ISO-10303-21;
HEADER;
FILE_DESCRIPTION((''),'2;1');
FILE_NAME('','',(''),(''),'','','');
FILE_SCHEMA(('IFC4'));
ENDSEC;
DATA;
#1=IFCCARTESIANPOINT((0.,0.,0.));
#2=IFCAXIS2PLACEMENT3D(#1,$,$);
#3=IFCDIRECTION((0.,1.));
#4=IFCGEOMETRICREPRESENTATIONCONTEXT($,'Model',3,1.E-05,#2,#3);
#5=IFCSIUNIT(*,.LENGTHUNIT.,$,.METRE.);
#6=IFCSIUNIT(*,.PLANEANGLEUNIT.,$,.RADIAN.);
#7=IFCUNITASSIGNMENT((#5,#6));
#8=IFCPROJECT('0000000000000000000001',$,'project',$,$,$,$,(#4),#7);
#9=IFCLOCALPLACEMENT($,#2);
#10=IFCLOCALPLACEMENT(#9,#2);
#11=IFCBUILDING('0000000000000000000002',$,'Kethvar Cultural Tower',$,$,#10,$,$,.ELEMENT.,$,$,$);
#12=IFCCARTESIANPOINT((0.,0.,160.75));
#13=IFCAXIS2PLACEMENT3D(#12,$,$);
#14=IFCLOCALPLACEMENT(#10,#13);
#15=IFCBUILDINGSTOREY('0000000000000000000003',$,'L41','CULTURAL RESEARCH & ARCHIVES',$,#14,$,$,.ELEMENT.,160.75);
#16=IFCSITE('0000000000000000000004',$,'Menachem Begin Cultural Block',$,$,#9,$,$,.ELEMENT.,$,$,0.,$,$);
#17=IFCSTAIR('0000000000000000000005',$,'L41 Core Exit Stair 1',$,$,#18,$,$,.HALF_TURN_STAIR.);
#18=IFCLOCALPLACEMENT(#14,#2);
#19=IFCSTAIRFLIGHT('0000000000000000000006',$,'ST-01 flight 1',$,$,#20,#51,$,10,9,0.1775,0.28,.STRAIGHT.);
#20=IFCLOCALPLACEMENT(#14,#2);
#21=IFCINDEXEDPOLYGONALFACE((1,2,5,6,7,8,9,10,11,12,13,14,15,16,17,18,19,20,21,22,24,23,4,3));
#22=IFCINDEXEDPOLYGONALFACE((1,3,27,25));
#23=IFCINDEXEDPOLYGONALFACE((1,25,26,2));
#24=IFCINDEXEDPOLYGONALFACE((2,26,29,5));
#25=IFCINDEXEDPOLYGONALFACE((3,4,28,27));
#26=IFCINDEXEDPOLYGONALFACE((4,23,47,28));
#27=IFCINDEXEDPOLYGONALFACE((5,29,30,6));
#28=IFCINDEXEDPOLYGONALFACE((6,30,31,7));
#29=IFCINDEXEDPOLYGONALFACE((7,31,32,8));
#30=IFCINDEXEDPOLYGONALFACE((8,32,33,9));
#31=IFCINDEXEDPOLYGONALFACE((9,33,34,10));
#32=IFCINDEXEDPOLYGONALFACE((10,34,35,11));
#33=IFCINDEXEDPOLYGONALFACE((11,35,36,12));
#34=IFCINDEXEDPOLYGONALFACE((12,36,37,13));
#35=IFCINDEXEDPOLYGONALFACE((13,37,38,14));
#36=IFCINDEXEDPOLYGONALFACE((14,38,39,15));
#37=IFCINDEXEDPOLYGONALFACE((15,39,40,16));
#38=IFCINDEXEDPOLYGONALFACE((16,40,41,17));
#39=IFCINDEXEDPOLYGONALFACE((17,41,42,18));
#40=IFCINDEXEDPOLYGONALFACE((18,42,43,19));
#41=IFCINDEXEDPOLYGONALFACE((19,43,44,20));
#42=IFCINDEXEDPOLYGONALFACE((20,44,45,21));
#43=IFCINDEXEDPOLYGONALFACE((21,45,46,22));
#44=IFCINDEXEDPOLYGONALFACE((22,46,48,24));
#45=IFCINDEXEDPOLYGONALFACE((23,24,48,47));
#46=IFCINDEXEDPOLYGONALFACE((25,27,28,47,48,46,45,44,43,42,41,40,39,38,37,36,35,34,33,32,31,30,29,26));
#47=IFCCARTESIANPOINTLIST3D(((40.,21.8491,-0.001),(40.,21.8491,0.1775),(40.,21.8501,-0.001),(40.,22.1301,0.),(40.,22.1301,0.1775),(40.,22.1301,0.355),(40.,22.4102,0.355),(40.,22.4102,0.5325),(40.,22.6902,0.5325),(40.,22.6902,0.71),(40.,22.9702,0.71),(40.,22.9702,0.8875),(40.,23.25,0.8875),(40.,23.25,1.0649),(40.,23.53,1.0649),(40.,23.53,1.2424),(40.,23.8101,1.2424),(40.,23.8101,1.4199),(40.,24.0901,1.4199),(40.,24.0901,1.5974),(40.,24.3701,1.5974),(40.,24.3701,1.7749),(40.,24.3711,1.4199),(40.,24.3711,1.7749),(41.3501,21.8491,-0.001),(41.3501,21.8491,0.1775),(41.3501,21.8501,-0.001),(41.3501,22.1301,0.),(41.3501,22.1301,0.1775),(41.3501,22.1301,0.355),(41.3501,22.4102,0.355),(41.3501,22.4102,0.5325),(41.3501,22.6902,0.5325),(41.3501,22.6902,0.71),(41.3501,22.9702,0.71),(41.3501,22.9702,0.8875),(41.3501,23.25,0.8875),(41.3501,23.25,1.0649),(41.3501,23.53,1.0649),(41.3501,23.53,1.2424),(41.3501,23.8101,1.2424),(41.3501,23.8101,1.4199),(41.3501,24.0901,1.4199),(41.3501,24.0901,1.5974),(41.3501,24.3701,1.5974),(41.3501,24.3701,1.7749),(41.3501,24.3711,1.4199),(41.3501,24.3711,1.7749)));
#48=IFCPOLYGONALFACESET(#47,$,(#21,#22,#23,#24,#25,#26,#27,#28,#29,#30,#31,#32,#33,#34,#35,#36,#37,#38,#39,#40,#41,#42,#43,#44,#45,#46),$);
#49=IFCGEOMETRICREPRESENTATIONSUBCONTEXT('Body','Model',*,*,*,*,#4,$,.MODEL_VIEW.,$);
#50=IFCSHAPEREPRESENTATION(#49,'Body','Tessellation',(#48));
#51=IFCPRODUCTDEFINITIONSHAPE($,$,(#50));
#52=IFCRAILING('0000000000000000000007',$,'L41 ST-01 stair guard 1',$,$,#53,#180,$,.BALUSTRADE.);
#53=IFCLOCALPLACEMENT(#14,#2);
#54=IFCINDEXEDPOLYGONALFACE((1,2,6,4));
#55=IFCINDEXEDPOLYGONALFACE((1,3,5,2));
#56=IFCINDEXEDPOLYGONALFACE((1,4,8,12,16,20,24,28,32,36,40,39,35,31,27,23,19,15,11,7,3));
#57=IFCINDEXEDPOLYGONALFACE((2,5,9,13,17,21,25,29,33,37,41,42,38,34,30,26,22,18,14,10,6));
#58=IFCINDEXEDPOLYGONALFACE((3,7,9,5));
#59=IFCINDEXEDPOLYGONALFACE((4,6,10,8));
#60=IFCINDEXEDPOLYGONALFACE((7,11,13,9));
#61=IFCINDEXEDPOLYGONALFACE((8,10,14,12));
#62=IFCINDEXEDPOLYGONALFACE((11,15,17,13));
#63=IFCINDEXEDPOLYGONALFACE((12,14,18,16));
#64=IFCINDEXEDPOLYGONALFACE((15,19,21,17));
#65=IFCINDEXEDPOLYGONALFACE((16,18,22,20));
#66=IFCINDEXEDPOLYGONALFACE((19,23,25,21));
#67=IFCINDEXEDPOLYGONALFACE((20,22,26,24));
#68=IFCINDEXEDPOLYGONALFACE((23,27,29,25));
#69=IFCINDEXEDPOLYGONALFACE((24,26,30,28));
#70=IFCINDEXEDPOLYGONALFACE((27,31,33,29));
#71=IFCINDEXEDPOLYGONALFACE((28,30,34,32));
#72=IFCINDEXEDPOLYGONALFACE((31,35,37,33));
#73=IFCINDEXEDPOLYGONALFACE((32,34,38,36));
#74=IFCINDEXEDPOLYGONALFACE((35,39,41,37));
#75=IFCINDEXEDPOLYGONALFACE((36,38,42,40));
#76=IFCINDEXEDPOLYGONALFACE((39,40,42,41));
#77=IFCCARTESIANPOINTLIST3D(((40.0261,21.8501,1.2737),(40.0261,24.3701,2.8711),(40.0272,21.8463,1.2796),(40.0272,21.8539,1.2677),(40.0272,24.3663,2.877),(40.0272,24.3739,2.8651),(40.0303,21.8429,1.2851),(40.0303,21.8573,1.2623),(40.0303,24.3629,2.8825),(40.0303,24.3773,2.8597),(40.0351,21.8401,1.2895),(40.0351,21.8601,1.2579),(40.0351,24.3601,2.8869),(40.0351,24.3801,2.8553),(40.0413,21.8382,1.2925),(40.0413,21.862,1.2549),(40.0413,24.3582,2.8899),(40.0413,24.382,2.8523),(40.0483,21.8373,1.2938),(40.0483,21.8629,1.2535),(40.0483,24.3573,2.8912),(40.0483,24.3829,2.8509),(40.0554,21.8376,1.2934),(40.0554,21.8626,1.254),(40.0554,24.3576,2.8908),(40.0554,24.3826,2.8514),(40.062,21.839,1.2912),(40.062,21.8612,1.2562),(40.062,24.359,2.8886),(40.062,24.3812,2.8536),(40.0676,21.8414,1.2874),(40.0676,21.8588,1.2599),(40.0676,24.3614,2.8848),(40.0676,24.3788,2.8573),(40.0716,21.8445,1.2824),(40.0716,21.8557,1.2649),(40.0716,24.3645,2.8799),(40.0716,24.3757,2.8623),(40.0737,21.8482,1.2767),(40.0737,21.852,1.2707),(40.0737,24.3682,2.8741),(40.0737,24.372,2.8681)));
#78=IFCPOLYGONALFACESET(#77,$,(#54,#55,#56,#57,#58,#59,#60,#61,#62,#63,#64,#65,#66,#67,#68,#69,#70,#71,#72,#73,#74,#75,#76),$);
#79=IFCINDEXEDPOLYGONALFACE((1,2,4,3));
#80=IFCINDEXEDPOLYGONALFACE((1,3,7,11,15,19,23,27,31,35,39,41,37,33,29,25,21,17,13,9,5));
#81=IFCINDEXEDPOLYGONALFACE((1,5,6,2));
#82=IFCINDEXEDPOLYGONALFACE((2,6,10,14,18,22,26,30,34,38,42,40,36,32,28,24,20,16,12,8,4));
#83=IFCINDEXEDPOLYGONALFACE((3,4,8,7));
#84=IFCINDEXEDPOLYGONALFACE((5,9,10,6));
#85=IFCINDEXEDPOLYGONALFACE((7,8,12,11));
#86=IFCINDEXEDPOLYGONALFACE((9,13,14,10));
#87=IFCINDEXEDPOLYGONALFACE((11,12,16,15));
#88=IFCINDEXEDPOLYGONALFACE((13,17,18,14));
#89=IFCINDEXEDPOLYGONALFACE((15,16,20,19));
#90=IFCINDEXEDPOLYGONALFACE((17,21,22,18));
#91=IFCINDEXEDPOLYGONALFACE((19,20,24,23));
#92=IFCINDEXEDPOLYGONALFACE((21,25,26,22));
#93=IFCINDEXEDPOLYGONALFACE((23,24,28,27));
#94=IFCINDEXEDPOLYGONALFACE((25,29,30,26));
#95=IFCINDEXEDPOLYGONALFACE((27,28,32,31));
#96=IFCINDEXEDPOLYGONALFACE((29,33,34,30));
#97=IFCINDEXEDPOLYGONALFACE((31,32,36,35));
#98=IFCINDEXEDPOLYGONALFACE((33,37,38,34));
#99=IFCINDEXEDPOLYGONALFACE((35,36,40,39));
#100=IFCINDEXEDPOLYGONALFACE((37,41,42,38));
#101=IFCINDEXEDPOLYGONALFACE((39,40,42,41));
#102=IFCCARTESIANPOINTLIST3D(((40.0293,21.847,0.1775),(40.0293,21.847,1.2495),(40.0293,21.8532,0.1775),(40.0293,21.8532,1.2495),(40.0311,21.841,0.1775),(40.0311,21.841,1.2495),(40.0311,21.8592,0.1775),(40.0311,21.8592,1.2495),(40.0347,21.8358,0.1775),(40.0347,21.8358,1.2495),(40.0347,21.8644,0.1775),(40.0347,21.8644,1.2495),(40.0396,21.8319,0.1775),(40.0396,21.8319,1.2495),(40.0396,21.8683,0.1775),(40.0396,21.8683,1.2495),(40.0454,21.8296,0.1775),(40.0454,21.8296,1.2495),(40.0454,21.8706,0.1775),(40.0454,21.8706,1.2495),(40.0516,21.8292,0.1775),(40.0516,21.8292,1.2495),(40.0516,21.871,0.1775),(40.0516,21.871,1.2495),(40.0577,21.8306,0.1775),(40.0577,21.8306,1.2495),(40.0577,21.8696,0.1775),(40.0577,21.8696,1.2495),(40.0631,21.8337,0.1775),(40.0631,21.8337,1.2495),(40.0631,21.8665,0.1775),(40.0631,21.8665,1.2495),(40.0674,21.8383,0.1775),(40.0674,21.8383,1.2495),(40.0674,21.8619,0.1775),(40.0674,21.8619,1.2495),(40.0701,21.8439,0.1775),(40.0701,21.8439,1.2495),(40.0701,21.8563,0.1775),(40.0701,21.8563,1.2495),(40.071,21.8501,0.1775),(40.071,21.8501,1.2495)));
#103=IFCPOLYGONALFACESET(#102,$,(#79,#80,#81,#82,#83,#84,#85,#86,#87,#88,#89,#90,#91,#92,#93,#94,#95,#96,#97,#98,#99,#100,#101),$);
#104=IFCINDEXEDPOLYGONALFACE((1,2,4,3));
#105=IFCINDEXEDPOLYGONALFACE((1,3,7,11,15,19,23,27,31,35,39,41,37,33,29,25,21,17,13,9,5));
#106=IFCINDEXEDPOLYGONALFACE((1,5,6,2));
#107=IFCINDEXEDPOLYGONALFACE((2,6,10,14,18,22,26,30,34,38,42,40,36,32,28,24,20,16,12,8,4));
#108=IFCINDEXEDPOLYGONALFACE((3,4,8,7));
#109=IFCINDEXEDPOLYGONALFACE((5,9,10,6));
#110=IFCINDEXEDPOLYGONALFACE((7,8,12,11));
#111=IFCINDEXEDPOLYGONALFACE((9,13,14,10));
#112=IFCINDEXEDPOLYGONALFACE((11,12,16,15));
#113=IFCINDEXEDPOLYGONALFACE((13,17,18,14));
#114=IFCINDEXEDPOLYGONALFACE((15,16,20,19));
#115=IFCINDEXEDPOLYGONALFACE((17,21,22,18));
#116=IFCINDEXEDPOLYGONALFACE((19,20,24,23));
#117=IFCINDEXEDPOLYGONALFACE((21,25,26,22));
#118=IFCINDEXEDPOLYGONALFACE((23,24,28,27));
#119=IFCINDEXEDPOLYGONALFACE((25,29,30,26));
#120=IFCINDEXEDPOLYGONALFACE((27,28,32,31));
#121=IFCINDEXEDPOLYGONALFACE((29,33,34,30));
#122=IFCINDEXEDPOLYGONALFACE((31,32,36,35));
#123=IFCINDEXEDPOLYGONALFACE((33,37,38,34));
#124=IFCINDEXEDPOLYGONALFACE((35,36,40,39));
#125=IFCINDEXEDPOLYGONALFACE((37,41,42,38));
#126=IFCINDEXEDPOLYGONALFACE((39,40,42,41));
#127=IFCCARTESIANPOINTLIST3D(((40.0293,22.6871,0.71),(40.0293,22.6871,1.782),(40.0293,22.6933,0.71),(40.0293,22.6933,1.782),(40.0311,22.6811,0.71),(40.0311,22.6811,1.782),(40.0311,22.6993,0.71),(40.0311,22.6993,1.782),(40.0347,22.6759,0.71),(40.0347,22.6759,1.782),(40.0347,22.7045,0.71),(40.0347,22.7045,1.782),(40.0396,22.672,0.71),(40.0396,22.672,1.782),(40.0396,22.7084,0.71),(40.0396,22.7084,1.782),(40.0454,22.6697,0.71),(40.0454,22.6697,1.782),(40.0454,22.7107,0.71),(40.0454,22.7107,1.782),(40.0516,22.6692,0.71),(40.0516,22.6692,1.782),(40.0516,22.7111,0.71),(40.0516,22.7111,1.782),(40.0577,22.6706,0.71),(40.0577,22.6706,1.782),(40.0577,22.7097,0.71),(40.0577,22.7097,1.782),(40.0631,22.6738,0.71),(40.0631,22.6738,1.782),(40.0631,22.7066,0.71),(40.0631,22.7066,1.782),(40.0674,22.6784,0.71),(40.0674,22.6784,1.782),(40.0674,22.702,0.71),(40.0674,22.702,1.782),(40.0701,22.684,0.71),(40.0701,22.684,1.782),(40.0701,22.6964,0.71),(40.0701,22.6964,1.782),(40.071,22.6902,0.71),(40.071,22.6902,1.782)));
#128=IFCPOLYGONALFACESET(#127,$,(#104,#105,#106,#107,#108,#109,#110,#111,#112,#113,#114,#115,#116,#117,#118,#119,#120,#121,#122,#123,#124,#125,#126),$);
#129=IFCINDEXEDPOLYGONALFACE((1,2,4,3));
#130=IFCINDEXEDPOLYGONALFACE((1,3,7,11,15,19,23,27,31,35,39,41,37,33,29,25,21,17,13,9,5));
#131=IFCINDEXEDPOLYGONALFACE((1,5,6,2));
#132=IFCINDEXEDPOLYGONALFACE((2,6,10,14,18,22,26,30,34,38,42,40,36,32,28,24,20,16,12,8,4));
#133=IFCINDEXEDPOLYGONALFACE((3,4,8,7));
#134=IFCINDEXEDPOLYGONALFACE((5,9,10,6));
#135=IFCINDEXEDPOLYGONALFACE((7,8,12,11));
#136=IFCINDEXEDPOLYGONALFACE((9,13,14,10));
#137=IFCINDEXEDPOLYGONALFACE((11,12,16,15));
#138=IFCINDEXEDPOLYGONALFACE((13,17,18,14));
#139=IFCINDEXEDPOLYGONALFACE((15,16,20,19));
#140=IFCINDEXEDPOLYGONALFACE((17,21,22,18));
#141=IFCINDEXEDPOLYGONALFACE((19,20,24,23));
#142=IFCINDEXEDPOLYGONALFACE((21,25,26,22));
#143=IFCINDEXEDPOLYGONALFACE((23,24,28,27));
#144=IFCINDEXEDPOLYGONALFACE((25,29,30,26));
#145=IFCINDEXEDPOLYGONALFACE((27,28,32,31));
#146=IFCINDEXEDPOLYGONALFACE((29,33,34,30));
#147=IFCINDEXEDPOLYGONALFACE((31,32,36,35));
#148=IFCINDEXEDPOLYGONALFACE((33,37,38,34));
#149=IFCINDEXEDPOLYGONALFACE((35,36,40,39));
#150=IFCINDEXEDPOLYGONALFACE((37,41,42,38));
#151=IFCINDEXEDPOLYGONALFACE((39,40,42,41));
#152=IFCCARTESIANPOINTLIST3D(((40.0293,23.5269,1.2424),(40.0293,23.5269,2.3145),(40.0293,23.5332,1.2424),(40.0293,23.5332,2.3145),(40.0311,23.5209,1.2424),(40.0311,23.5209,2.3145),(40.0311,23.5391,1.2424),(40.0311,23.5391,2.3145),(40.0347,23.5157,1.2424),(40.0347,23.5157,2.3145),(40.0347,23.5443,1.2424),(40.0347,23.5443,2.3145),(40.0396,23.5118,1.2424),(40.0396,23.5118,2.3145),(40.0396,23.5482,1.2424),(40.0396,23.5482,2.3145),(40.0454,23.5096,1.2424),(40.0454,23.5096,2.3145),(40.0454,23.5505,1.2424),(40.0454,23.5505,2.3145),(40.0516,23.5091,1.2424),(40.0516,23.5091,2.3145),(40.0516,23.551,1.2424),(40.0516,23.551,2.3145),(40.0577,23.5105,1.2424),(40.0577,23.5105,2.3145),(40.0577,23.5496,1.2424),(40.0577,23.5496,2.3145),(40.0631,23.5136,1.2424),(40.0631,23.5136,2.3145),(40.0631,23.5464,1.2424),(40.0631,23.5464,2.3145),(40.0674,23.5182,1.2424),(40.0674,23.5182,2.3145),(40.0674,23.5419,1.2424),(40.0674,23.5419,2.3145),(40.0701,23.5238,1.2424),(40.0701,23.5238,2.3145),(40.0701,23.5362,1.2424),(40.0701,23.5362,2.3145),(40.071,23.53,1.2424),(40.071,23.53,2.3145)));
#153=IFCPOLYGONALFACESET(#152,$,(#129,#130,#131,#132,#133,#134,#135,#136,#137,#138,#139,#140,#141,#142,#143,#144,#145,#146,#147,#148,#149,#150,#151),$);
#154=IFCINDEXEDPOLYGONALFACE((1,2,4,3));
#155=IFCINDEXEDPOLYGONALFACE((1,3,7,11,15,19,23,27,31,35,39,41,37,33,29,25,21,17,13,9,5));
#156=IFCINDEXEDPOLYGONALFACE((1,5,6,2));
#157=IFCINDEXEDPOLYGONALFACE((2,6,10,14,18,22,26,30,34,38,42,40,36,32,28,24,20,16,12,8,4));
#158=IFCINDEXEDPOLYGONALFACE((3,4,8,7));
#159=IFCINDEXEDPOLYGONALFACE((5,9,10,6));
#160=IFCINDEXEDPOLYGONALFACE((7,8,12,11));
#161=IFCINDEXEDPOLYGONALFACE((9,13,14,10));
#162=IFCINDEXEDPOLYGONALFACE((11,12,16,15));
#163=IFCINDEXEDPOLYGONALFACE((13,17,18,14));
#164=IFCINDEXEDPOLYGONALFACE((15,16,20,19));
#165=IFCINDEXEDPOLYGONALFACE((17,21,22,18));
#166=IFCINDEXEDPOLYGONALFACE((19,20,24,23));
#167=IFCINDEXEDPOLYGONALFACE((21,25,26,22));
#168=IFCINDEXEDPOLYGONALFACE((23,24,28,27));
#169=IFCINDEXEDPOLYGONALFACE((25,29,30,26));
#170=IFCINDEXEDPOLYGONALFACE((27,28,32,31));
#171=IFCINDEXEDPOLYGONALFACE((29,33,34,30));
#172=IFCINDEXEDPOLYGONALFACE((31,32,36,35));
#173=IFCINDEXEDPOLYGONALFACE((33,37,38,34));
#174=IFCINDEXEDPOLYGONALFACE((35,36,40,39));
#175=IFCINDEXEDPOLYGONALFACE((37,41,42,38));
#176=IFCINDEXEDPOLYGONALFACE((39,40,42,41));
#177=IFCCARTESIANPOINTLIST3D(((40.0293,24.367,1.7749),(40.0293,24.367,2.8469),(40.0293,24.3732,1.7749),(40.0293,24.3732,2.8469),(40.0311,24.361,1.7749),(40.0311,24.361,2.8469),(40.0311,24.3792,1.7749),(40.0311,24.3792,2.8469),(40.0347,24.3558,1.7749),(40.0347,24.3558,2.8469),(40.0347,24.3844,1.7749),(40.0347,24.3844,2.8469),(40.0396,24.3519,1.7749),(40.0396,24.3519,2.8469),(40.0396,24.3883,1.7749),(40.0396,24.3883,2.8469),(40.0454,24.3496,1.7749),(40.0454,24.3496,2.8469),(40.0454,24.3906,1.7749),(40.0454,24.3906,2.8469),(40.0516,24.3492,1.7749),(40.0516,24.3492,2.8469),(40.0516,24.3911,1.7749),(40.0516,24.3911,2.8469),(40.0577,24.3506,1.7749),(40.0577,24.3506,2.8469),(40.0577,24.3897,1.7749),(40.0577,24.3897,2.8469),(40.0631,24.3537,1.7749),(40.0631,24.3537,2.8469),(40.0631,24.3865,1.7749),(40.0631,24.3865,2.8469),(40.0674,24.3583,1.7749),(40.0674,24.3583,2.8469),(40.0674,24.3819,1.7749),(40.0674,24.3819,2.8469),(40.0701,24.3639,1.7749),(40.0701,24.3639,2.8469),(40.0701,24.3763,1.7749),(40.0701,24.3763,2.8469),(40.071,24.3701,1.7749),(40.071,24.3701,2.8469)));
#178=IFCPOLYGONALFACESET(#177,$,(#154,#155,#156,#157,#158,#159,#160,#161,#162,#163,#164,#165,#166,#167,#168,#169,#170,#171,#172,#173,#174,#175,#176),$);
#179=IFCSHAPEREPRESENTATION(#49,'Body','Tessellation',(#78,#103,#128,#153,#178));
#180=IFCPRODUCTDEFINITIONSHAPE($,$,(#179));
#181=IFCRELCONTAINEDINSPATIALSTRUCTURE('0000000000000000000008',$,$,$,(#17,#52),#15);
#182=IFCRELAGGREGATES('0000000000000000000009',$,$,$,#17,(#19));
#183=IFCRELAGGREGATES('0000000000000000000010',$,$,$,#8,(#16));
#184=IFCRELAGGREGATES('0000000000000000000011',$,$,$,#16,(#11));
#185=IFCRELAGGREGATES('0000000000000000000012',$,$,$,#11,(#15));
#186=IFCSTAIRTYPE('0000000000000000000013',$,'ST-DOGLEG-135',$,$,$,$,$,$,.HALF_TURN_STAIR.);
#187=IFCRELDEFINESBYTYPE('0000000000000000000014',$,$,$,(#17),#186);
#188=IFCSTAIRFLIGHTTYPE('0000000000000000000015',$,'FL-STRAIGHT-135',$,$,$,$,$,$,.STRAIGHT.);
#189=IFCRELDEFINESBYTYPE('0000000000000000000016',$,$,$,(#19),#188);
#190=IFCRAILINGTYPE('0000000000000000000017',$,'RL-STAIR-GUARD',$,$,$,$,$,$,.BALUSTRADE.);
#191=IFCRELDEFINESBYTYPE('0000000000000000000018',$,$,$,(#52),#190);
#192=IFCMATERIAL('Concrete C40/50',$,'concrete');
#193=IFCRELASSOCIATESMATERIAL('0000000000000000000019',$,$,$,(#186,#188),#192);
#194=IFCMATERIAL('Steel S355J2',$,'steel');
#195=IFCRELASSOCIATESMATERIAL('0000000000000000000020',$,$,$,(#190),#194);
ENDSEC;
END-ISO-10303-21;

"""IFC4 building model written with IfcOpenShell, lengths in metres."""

from ifc_helpers import new_model, si_unit, direction, frame, origin, origin_2d, place, context, subcontext, project, spatial, polyline, circle, outline, extrude, material, type_object, element, aggregate, save


model = new_model("IFC4")

# Units and contexts
model_context = context("Model", 3, precision=1e-05, world=origin(), true_north=direction((0.0, 1.0)))
body_context = subcontext(model_context, "Body", "Model", "MODEL_VIEW")
ifc_project = project(units=[si_unit("LENGTHUNIT", "METRE"), si_unit("PLANEANGLEUNIT", "RADIAN")], contexts=[model_context])

# Site, building, storey
site_placement = place(None, origin())
site = spatial("IfcSite", under=ifc_project, at=site_placement, Name="Menachem Begin Cultural Block", CompositionType="ELEMENT", RefElevation=0.0)
building_placement = place(site_placement, origin())
building = spatial("IfcBuilding", under=site, at=building_placement, Name="Kethvar Cultural Tower", CompositionType="ELEMENT")
storey_placement = place(building_placement, frame((0.0, 0.0, 160.75)))
storey = spatial("IfcBuildingStorey", under=building, at=storey_placement, Name="L41", Description="CULTURAL RESEARCH & ARCHIVES", CompositionType="ELEMENT", Elevation=160.75)

# Shared definitions
ifc_material_1 = material(Name="Steel S355J2", Category="steel")

# Stair, stair flight
ifc_material_2 = material(Name="Concrete C40/50", Category="concrete")
stair_type = type_object("IfcStairType", Name="ST-DOGLEG-135", PredefinedType="HALF_TURN_STAIR", material=ifc_material_2)
stair_placement = place(storey_placement, origin())
stair = element("IfcStair", 1, at=stair_placement, inside=storey, type_object=stair_type, Name="L41 Core Exit Stair 1", PredefinedType="HALF_TURN_STAIR")
stair_flight_type = type_object("IfcStairFlightType", Name="FL-STRAIGHT-135", PredefinedType="STRAIGHT", material=ifc_material_2)
stair_flight_placement = place(storey_placement, frame((40.675, 21.8501, 0.0), z_axis=(0.0, 0.0, 1.0), x_axis=(0.0, 1.0, 0.0)))
stair_flight = element("IfcStairFlight", 2, at=stair_flight_placement, type_object=stair_flight_type, Name="ST-01 flight 1", NumberOfRisers=10, NumberOfTreads=9, PredefinedType="STRAIGHT", RiserHeight=0.1775, TreadLength=0.28, context=body_context, shape_type="SweptSolid", body=[
    extrude(outline(polyline([(-0.001, -0.001), (-0.001, 0.1775), (0.28, 0.1775), (0.28, 0.355), (0.5601, 0.355), (0.5601, 0.5325), (0.8401, 0.5325), (0.8401, 0.71), (1.1201, 0.71), (1.1201, 0.8875), (1.3999, 0.8875), (1.3999, 1.0649), (1.6799, 1.0649), (1.6799, 1.2424), (1.96, 1.2424), (1.96, 1.4199), (2.24, 1.4199), (2.24, 1.5974), (2.52, 1.5974), (2.52, 1.7749), (2.521, 1.7749), (2.521, 1.4199), (0.28, 0.0), (0.0, -0.001), (-0.001, -0.001)])), frame((0.0, 0.675, 0.0), z_axis=(0.0, -1.0, 0.0), x_axis=(1.0, 0.0, 0.0)), (0.0, 0.0, 1.0), 1.3501),
])
aggregate(stair, [stair_flight])

# Railing
railing_type_1 = type_object("IfcRailingType", Name="RL-STAIR-GUARD", PredefinedType="BALUSTRADE", material=ifc_material_1)
railing_1_placement = place(storey_placement, frame((40.05, 21.8501, 0.1775)))
element("IfcRailing", 3, at=railing_1_placement, inside=storey, type_object=railing_type_1, Name="L41 ST-01 stair guard 1", PredefinedType="BALUSTRADE", context=body_context, shape_type="SweptSolid", body=[
    extrude(circle(Radius=0.0239, at=origin_2d()), frame((0.0, 0.0, 1.0962), z_axis=(0.0, 0.844607, 0.535387), x_axis=(-1.0, 0.0, 0.0)), (0.0, 0.0, 1.0), 2.9836),
    extrude(circle(Radius=0.021, at=origin_2d()), origin(), (0.0, 0.0, 1.0), 1.072),
    extrude(circle(Radius=0.021, at=origin_2d()), frame((0.0, 0.8401, 0.5325)), (0.0, 0.0, 1.0), 1.072),
    extrude(circle(Radius=0.021, at=origin_2d()), frame((0.0, 1.6799, 1.0649)), (0.0, 0.0, 1.0), 1.072),
    extrude(circle(Radius=0.021, at=origin_2d()), frame((0.0, 2.52, 1.5974)), (0.0, 0.0, 1.0), 1.072),
])

save(model, "model.ifc")
